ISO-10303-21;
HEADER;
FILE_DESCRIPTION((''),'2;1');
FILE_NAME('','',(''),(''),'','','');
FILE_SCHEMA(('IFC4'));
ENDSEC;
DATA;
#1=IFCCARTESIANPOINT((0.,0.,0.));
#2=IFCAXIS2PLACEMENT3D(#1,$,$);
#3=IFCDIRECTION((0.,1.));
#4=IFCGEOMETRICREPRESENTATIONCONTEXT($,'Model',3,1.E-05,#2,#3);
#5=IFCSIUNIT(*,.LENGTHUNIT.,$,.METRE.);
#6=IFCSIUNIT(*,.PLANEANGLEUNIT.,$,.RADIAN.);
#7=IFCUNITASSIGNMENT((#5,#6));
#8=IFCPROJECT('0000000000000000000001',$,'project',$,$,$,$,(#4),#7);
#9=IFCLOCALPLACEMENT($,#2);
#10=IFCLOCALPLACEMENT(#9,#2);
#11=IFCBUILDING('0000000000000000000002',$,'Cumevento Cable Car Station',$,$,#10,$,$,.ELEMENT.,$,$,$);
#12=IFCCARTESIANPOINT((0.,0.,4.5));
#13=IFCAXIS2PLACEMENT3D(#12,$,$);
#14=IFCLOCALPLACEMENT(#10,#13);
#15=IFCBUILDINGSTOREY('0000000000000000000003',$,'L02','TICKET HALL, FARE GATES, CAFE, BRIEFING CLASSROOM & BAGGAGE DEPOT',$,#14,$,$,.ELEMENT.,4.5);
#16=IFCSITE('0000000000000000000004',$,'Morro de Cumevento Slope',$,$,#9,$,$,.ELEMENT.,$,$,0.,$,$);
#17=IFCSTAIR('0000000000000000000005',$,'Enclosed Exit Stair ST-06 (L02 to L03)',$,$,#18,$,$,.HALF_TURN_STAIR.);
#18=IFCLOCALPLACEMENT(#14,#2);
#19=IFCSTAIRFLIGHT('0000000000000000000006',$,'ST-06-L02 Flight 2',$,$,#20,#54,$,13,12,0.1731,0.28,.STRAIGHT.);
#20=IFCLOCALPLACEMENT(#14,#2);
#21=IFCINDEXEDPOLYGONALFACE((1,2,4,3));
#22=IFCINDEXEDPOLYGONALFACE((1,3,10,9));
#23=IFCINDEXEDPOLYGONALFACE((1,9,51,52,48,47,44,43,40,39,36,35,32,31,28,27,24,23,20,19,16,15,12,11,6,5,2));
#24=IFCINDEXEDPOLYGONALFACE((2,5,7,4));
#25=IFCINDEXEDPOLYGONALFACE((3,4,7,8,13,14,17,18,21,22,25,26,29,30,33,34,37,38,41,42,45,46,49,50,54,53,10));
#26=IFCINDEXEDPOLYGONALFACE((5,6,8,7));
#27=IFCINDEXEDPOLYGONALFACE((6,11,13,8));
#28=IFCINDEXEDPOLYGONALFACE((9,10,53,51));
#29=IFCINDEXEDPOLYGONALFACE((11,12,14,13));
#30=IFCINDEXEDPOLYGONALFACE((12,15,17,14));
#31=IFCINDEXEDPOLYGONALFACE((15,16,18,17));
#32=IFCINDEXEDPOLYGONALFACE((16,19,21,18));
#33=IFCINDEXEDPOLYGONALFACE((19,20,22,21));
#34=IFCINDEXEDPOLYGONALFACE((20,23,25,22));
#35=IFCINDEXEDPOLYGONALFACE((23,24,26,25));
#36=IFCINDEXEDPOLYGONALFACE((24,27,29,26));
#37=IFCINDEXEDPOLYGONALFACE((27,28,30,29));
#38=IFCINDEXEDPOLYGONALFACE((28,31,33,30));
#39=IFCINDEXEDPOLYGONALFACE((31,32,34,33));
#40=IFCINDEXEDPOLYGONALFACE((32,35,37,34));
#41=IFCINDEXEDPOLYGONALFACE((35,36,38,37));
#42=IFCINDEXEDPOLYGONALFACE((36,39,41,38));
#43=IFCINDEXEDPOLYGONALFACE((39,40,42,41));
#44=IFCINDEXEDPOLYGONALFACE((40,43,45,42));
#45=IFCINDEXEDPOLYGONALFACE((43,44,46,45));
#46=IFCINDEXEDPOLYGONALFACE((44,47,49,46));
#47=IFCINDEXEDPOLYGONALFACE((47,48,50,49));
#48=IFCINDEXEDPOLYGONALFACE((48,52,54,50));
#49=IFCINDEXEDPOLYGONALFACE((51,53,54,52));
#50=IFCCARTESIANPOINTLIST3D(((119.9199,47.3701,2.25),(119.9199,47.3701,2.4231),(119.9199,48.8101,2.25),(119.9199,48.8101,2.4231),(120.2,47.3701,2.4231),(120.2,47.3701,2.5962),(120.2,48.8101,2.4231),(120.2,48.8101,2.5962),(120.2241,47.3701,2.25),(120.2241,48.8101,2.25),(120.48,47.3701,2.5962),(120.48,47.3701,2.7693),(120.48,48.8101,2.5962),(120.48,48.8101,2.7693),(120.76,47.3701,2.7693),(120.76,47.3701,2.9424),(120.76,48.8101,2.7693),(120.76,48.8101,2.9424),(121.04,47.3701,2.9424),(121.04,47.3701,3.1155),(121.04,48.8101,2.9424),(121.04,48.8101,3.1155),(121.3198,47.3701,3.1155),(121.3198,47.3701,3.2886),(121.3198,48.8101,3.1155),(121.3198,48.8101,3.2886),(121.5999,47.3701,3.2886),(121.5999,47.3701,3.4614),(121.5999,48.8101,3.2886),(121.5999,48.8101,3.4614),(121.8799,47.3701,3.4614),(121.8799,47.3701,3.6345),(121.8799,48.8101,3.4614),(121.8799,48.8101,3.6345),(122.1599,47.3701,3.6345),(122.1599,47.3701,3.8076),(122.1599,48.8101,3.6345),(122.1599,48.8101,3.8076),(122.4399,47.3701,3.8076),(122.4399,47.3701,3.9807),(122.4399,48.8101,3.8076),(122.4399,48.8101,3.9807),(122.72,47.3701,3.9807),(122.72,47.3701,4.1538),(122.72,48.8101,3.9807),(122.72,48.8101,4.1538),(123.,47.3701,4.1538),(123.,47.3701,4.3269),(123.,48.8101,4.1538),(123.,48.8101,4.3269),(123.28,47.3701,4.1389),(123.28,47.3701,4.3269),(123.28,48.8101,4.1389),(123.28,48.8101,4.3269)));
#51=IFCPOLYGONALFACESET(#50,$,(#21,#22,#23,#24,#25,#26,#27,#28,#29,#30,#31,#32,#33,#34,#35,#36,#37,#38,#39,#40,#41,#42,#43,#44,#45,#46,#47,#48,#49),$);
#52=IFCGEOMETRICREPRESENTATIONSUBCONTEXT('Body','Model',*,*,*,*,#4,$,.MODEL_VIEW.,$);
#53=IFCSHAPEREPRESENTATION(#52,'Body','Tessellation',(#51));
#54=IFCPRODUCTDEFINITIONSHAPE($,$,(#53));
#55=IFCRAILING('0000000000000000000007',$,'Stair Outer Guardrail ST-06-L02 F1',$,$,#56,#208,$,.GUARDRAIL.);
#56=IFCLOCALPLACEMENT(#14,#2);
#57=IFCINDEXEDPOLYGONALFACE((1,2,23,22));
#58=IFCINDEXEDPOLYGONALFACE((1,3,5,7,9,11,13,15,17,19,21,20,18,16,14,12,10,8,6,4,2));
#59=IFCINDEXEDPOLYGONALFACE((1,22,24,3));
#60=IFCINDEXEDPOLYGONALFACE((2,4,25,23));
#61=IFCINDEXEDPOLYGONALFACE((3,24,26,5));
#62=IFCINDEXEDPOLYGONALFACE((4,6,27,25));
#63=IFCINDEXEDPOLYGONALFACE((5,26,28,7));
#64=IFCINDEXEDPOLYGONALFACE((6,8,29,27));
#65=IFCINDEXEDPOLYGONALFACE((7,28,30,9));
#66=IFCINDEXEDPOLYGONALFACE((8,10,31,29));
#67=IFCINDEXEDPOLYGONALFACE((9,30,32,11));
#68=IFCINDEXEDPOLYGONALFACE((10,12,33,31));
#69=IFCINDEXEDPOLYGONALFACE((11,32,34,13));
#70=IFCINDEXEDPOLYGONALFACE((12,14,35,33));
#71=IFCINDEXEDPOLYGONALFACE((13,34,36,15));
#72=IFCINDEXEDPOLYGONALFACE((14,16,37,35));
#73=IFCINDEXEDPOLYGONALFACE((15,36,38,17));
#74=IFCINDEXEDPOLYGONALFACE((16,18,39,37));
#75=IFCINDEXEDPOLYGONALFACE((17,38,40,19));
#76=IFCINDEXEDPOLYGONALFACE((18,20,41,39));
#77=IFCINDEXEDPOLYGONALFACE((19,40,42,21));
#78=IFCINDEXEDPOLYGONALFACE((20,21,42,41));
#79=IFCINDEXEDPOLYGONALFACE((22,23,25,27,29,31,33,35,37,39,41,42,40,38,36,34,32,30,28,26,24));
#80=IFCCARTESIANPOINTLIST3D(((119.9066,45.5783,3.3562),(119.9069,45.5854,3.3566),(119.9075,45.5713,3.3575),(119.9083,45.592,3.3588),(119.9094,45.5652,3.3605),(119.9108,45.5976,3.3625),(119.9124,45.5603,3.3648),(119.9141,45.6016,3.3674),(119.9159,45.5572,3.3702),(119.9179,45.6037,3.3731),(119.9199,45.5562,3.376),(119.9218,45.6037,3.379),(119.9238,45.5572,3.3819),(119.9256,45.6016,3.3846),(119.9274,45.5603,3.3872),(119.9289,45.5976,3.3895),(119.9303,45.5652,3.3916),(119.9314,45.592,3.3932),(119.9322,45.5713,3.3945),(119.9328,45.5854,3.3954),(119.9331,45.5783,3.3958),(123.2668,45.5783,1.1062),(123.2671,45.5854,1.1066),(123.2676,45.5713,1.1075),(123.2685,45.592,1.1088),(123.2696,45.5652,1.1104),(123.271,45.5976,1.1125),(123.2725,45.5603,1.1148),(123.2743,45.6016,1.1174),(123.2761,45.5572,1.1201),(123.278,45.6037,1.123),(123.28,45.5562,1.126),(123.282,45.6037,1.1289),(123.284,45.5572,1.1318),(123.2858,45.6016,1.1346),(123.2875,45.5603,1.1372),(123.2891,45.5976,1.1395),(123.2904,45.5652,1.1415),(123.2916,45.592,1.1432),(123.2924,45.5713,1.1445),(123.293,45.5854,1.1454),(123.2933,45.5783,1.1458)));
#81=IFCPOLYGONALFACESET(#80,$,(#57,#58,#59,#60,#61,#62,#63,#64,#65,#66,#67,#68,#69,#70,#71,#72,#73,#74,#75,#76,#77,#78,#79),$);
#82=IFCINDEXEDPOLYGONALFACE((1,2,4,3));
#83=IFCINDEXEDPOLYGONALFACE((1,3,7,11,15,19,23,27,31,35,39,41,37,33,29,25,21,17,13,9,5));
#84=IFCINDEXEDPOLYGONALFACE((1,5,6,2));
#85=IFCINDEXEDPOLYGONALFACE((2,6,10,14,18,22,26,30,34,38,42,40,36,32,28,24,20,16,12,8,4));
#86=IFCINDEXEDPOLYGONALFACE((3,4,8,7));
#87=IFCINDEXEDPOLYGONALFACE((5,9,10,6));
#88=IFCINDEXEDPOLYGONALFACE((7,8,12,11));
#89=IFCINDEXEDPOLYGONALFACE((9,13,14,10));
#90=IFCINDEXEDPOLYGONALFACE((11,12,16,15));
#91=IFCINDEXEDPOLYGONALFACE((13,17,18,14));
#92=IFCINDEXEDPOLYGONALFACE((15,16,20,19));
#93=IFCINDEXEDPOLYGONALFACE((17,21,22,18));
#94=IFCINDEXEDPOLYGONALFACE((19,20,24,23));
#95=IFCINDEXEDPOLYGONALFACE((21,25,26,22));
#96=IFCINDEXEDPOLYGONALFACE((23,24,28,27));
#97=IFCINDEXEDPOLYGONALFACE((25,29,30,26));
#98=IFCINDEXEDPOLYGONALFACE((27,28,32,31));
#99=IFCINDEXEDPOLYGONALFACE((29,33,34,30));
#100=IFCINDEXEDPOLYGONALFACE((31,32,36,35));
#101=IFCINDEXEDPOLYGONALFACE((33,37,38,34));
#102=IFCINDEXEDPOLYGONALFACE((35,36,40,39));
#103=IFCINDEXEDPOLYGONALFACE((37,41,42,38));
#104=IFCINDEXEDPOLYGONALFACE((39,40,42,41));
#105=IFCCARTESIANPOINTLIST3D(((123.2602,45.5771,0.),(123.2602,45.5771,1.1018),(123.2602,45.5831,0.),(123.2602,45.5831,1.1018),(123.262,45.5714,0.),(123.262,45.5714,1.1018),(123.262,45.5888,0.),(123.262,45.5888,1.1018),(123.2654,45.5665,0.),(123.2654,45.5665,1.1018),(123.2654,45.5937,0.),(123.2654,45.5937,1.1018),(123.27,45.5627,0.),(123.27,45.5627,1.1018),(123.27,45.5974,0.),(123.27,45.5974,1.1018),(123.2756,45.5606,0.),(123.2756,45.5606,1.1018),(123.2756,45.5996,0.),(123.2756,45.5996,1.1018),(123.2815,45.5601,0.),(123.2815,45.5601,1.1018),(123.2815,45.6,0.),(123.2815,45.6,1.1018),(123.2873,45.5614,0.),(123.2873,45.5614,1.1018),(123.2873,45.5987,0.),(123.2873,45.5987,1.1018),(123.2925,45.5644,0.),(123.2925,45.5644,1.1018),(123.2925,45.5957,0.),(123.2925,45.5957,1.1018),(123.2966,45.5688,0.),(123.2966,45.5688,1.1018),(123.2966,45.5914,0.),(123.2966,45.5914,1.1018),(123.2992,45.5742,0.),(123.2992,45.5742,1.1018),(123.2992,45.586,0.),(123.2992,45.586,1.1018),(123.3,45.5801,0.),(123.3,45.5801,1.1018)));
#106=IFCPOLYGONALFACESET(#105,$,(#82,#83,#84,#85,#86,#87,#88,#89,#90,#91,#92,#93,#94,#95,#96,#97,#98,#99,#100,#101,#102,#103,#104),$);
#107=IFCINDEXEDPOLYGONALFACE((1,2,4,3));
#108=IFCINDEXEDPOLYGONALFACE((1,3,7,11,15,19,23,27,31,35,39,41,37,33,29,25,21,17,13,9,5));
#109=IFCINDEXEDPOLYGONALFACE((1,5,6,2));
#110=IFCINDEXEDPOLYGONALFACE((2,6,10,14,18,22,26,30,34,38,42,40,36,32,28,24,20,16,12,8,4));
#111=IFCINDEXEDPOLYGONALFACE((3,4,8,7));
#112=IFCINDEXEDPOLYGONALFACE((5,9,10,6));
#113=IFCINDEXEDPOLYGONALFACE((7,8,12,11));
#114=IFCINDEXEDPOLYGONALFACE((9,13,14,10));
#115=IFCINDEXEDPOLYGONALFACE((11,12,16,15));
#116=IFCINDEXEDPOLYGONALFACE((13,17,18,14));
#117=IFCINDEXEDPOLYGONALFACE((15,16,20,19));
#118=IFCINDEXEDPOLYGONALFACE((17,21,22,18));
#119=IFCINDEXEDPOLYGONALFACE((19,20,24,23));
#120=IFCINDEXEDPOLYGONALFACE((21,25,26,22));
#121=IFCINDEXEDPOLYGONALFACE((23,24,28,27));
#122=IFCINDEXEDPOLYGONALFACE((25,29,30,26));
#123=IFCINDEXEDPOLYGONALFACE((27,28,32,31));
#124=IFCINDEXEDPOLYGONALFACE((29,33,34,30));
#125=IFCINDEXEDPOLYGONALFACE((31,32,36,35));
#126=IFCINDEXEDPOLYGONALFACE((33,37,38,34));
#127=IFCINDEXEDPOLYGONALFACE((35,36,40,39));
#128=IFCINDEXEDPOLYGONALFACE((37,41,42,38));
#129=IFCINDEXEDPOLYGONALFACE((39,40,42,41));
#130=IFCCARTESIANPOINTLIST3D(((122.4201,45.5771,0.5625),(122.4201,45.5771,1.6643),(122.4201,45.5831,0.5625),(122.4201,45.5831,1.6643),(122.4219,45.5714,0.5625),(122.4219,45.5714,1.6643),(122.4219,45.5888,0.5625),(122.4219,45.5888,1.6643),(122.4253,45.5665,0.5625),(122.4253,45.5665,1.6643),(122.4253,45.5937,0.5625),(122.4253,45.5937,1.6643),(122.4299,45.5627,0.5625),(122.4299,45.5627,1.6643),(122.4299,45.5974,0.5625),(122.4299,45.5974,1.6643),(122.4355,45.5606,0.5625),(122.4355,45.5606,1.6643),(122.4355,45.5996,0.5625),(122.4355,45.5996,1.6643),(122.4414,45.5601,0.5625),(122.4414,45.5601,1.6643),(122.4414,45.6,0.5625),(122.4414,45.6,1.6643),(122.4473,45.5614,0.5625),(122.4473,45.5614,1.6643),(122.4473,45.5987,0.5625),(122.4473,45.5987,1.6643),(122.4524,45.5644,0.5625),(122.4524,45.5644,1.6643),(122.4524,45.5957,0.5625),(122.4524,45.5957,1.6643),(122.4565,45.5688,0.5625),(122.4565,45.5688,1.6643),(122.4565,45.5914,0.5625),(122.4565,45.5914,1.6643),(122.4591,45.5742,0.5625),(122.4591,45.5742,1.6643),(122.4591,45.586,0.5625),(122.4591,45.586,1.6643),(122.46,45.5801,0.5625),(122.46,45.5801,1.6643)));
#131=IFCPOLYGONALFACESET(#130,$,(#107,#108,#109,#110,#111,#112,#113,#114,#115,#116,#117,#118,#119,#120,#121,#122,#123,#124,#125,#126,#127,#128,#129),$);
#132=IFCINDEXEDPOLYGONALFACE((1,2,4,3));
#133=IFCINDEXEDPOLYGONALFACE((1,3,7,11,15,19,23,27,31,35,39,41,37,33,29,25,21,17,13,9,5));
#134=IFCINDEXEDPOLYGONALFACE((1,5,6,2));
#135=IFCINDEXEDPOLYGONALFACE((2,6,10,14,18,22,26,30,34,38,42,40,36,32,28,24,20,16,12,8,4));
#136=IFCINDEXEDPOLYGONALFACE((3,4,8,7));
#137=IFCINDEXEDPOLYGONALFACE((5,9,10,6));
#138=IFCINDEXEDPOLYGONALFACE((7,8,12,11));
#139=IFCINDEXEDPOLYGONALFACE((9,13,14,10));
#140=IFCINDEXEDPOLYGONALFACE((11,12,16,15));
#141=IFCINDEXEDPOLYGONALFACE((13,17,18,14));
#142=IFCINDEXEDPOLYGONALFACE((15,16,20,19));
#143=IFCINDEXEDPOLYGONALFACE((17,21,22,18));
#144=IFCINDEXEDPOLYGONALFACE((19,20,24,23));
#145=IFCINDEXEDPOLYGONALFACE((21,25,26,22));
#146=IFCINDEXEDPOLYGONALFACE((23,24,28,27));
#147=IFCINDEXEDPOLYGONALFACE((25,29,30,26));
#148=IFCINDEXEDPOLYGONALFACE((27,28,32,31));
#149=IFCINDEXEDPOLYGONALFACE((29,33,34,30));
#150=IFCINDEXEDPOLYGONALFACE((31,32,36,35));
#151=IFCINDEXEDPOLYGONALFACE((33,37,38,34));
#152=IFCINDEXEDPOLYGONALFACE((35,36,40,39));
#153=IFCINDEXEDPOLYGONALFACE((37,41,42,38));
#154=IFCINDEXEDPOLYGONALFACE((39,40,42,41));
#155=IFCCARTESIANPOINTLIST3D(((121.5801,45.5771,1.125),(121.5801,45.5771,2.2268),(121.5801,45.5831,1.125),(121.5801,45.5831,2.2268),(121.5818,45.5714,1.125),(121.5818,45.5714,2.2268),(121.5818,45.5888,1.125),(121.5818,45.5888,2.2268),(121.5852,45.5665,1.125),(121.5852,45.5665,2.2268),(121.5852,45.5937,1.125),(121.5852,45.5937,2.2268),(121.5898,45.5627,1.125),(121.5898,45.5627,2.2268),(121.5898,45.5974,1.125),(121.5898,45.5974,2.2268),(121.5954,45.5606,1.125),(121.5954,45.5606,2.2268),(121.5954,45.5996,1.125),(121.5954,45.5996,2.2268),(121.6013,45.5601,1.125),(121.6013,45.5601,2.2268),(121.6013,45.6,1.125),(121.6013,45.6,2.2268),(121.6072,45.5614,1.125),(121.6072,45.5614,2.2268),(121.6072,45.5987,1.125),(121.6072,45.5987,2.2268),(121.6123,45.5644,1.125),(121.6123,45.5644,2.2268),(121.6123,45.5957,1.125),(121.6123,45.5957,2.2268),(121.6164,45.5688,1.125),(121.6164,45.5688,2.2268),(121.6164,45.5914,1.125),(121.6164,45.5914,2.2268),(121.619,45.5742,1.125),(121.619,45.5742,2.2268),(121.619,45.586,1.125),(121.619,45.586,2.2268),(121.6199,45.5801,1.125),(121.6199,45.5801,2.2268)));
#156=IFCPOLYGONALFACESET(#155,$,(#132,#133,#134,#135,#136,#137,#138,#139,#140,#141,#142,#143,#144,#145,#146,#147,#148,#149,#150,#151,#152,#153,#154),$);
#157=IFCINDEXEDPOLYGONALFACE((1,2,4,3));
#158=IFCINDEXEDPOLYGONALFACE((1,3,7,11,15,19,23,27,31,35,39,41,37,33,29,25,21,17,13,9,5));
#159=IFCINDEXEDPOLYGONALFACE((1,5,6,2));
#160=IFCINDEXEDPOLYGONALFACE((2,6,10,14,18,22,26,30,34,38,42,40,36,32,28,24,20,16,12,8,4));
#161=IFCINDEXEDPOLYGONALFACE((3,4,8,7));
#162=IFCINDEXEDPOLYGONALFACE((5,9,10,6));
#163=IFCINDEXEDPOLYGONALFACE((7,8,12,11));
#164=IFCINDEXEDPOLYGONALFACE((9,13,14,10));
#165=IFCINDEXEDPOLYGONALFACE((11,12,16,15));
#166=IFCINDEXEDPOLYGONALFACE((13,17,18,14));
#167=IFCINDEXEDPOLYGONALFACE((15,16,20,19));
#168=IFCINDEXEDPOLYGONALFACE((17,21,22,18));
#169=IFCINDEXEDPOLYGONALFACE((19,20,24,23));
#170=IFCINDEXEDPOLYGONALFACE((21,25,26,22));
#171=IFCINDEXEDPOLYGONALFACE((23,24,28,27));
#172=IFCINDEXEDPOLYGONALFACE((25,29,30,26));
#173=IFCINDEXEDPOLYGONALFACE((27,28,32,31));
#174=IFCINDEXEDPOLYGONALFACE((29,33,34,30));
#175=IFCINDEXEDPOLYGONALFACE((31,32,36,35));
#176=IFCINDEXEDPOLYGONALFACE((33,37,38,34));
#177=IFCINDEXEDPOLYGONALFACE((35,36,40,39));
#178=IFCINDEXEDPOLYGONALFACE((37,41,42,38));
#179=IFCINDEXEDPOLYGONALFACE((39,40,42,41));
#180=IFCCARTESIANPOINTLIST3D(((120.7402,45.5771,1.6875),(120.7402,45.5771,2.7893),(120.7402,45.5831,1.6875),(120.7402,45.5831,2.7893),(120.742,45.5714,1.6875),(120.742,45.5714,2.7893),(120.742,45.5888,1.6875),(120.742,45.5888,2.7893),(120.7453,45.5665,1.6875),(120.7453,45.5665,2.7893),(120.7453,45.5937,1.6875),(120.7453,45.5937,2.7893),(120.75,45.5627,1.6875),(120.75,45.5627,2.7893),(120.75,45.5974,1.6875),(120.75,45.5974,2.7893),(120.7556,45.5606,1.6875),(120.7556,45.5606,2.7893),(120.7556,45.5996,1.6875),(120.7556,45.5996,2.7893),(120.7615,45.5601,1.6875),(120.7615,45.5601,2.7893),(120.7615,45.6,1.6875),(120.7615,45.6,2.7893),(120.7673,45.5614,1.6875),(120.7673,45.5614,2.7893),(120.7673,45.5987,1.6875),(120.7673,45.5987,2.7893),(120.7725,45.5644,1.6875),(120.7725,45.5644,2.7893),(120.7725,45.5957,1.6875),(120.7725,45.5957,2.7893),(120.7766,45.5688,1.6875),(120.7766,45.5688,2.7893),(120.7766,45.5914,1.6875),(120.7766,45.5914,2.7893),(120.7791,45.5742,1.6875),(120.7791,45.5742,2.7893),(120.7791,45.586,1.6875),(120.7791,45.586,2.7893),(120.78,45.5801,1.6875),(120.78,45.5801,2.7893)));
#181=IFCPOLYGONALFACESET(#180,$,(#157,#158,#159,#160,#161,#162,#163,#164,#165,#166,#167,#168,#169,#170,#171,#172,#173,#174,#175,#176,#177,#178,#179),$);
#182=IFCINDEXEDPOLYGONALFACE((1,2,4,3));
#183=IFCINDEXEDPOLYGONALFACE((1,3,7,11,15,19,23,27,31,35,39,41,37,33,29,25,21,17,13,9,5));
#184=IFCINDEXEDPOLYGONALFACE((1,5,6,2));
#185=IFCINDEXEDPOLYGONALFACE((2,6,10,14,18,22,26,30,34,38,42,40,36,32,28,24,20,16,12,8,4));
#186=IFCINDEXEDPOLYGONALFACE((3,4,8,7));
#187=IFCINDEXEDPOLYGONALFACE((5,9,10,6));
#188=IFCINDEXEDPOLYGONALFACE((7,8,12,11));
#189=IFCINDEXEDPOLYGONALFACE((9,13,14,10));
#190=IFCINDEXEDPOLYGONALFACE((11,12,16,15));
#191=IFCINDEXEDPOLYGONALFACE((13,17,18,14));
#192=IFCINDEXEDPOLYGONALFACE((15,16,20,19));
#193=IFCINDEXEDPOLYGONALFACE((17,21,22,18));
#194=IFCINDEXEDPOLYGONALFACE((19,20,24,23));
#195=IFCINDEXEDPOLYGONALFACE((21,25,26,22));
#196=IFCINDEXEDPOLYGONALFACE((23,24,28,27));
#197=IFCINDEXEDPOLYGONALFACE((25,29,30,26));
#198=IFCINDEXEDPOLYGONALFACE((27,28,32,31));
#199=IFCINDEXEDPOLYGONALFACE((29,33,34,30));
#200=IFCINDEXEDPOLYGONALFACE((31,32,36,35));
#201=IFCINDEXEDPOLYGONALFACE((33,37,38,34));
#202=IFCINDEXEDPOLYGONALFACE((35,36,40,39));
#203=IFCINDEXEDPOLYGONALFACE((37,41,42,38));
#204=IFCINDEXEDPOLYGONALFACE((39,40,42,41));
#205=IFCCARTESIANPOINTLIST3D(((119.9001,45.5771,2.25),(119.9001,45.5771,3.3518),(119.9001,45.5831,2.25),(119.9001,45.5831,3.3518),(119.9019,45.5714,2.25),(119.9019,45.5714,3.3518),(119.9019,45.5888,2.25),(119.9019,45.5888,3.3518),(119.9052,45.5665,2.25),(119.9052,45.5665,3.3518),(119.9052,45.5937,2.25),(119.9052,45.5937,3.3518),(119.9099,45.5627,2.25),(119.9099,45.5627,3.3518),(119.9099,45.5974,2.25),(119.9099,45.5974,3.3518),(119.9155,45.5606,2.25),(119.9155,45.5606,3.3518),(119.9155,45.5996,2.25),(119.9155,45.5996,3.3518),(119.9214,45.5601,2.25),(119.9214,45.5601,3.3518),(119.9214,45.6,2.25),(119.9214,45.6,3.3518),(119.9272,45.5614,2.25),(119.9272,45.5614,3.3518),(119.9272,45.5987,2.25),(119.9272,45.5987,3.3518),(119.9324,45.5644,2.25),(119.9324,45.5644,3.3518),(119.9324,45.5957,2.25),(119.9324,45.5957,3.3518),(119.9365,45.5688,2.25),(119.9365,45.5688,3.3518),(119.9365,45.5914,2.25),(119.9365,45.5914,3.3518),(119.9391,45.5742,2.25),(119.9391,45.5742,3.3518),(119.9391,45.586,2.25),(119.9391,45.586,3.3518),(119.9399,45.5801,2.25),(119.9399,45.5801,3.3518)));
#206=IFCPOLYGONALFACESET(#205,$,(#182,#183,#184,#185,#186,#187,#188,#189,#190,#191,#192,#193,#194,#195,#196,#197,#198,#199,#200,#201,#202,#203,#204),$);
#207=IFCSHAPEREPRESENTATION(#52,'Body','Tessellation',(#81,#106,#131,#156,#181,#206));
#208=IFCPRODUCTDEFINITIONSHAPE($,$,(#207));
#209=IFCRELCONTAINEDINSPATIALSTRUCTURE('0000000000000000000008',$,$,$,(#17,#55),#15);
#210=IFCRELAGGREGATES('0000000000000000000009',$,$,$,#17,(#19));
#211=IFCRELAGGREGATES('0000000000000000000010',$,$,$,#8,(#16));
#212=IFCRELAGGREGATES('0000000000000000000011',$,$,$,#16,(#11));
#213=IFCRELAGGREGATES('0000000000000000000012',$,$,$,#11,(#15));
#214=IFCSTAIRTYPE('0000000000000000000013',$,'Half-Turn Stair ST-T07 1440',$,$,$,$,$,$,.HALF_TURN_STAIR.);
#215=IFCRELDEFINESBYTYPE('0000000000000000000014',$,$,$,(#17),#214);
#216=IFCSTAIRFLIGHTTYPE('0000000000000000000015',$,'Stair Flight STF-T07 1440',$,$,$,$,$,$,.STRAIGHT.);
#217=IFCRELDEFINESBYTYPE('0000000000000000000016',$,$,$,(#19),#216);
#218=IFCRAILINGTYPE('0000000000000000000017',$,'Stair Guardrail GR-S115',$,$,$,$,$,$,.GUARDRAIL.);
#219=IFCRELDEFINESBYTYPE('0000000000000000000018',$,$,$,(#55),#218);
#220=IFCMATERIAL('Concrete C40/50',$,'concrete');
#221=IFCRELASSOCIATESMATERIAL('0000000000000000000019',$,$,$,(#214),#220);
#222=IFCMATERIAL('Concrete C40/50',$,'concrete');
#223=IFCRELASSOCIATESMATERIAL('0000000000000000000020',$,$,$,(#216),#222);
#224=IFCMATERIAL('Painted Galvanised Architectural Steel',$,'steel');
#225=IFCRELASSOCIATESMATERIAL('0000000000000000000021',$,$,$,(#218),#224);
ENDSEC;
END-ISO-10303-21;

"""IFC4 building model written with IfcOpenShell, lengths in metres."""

from ifc_helpers import new_model, si_unit, direction, frame, origin, origin_2d, place, context, subcontext, project, spatial, polyline, circle, outline, extrude, material, type_object, element, aggregate, save


model = new_model("IFC4")

# Units and contexts
model_context = context("Model", 3, precision=1e-05, world=origin(), true_north=direction((0.0, 1.0)))
body_context = subcontext(model_context, "Body", "Model", "MODEL_VIEW")
ifc_project = project(units=[si_unit("LENGTHUNIT", "METRE"), si_unit("PLANEANGLEUNIT", "RADIAN")], contexts=[model_context])

# Site, building, storey
site_placement = place(None, origin())
site = spatial("IfcSite", under=ifc_project, at=site_placement, Name="Morro de Cumevento Slope", CompositionType="ELEMENT", RefElevation=0.0)
building_placement = place(site_placement, origin())
building = spatial("IfcBuilding", under=site, at=building_placement, Name="Cumevento Cable Car Station", CompositionType="ELEMENT")
storey_placement = place(building_placement, frame((0.0, 0.0, 4.5)))
storey = spatial("IfcBuildingStorey", under=building, at=storey_placement, Name="L02", Description="TICKET HALL, FARE GATES, CAFE, BRIEFING CLASSROOM & BAGGAGE DEPOT", CompositionType="ELEMENT", Elevation=4.5)

# Stair, stair flight
ifc_material_1 = material(Name="Concrete C40/50", Category="concrete")
stair_type = type_object("IfcStairType", Name="Half-Turn Stair ST-T07 1440", PredefinedType="HALF_TURN_STAIR", material=ifc_material_1)
stair_placement = place(storey_placement, origin())
stair = element("IfcStair", 1, at=stair_placement, inside=storey, type_object=stair_type, Name="Enclosed Exit Stair ST-06 (L02 to L03)", PredefinedType="HALF_TURN_STAIR")
ifc_material_2 = material(Name="Concrete C40/50", Category="concrete")
stair_flight_type = type_object("IfcStairFlightType", Name="Stair Flight STF-T07 1440", PredefinedType="STRAIGHT", material=ifc_material_2)
stair_flight_1_placement = place(storey_placement, frame((119.9199, 48.0901, 2.25), z_axis=(0.0, 0.0, 1.0), x_axis=(1.0, 0.0, 0.0)))
stair_flight_1 = element("IfcStairFlight", 2, at=stair_flight_1_placement, type_object=stair_flight_type, Name="ST-06-L02 Flight 2", NumberOfRisers=13, NumberOfTreads=12, PredefinedType="STRAIGHT", RiserHeight=0.1731, TreadLength=0.28, context=body_context, shape_type="SweptSolid", body=[
    extrude(outline(polyline([(0.0, 0.0), (0.0, 0.1731), (0.28, 0.1731), (0.28, 0.3462), (0.5601, 0.3462), (0.5601, 0.5193), (0.8401, 0.5193), (0.8401, 0.6924), (1.1201, 0.6924), (1.1201, 0.8655), (1.3999, 0.8655), (1.3999, 1.0386), (1.6799, 1.0386), (1.6799, 1.2114), (1.96, 1.2114), (1.96, 1.3845), (2.24, 1.3845), (2.24, 1.5576), (2.52, 1.5576), (2.52, 1.7307), (2.8, 1.7307), (2.8, 1.9038), (3.0801, 1.9038), (3.0801, 2.0769), (3.3601, 2.0769), (3.3601, 2.25), (3.3601, 1.8889), (0.3042, 0.0), (0.0, 0.0)])), frame((0.0, 0.72, 0.0), z_axis=(0.0, -1.0, 0.0), x_axis=(1.0, 0.0, 0.0)), (0.0, 0.0, 1.0), 1.4399),
])
aggregate(stair, [stair_flight_1])

# Railing
ifc_material_3 = material(Name="Painted Galvanised Architectural Steel", Category="steel")
railing_type_1 = type_object("IfcRailingType", Name="Stair Guardrail GR-S115", PredefinedType="GUARDRAIL", material=ifc_material_3)
railing_1_placement = place(storey_placement, frame((123.28, 45.5801, 0.0)))
element("IfcRailing", 3, at=railing_1_placement, inside=storey, type_object=railing_type_1, Name="Stair Outer Guardrail ST-06-L02 F1", PredefinedType="GUARDRAIL", context=body_context, shape_type="SweptSolid", body=[
    extrude(circle(Radius=0.0239, at=origin_2d()), frame((0.0, 0.0, 1.126), z_axis=(-0.830915, 0.0, 0.556399), x_axis=(0.0, -1.0, 0.0)), (0.0, 0.0, 1.0), 4.0439),
    extrude(circle(Radius=0.02, at=origin_2d()), origin(), (0.0, 0.0, 1.0), 1.1018),
    extrude(circle(Radius=0.02, at=origin_2d()), frame((-0.8401, 0.0, 0.5625)), (0.0, 0.0, 1.0), 1.1018),
    extrude(circle(Radius=0.02, at=origin_2d()), frame((-1.6802, 0.0, 1.125)), (0.0, 0.0, 1.0), 1.1018),
    extrude(circle(Radius=0.02, at=origin_2d()), frame((-2.52, 0.0, 1.6875)), (0.0, 0.0, 1.0), 1.1018),
    extrude(circle(Radius=0.02, at=origin_2d()), frame((-3.3601, 0.0, 2.25)), (0.0, 0.0, 1.0), 1.1018),
])

save(model, "model.ifc")
